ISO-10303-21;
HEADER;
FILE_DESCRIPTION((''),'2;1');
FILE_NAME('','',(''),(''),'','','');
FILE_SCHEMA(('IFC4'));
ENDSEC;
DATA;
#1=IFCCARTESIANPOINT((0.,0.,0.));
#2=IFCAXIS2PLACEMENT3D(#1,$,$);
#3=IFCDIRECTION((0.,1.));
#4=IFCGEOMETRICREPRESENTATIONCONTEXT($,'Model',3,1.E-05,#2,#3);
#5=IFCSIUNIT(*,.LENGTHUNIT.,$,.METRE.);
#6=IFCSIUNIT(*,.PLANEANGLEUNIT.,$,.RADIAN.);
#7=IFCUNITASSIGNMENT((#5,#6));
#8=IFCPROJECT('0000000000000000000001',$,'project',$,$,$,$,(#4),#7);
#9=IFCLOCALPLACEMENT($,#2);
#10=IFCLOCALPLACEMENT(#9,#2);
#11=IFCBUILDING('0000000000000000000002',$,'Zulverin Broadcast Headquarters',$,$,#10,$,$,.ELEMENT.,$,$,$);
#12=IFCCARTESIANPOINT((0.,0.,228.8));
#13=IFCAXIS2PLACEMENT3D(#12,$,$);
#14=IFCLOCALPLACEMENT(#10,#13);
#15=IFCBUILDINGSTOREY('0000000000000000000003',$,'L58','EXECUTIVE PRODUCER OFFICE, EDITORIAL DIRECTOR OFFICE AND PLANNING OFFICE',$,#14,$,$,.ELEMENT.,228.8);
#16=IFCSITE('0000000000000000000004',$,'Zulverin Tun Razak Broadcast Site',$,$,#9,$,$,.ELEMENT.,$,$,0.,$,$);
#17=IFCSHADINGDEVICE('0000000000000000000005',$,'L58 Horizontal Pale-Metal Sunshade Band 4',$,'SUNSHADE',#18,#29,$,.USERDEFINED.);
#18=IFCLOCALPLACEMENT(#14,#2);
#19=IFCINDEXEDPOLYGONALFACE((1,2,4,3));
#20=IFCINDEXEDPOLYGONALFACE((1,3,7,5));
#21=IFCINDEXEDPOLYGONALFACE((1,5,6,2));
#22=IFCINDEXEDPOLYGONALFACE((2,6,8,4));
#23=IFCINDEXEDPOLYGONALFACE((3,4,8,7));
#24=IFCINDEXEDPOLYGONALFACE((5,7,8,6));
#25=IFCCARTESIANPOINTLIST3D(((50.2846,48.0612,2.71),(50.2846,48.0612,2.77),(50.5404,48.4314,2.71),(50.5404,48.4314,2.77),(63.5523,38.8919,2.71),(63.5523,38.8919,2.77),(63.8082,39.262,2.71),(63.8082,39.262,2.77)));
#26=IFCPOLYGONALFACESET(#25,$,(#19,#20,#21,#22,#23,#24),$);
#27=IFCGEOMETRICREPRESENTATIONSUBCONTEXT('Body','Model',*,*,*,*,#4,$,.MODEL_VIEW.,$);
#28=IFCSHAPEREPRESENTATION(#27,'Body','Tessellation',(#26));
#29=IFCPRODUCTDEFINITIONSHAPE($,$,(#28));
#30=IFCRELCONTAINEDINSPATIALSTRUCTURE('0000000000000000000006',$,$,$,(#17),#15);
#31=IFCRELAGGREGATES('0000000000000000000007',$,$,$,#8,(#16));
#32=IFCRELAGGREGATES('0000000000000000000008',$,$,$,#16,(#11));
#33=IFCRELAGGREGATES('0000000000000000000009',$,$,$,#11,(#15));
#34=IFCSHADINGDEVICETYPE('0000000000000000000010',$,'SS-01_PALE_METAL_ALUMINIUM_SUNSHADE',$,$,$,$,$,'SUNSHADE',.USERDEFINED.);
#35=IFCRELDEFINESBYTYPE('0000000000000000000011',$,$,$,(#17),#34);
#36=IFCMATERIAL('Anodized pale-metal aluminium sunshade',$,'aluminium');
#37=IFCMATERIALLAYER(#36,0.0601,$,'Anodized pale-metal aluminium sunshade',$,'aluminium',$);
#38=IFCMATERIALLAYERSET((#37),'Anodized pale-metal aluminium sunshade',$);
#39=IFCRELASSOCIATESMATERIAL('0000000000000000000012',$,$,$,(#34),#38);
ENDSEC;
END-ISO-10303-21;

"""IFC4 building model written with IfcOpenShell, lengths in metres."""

from ifc_helpers import new_model, si_unit, direction, frame, origin, origin_2d, place, context, subcontext, project, spatial, rectangle, extrude, material, layer, layer_set, type_object, element, save


model = new_model("IFC4")

# Units and contexts
model_context = context("Model", 3, precision=1e-05, world=origin(), true_north=direction((0.0, 1.0)))
body_context = subcontext(model_context, "Body", "Model", "MODEL_VIEW")
ifc_project = project(units=[si_unit("LENGTHUNIT", "METRE"), si_unit("PLANEANGLEUNIT", "RADIAN")], contexts=[model_context])

# Site, building, storey
site_placement = place(None, origin())
site = spatial("IfcSite", under=ifc_project, at=site_placement, Name="Zulverin Tun Razak Broadcast Site", CompositionType="ELEMENT", RefElevation=0.0)
building_placement = place(site_placement, origin())
building = spatial("IfcBuilding", under=site, at=building_placement, Name="Zulverin Broadcast Headquarters", CompositionType="ELEMENT")
storey_placement = place(building_placement, frame((0.0, 0.0, 228.8)))
storey = spatial("IfcBuildingStorey", under=building, at=storey_placement, Name="L58", Description="EXECUTIVE PRODUCER OFFICE, EDITORIAL DIRECTOR OFFICE AND PLANNING OFFICE", CompositionType="ELEMENT", Elevation=228.8)

# Shading device
ifc_material_1 = material(Name="Anodized pale-metal aluminium sunshade", Category="aluminium")
ifc_layer_1 = layer(ifc_material_1, 0.0601, Name="Anodized pale-metal aluminium sunshade", Category="aluminium")
ifc_layer_set_1 = layer_set([ifc_layer_1], Name="Anodized pale-metal aluminium sunshade")
shading_device_type_1 = type_object("IfcShadingDeviceType", Name="SS-01_PALE_METAL_ALUMINIUM_SUNSHADE", ElementType="SUNSHADE", PredefinedType="USERDEFINED", material=ifc_layer_set_1)
shading_device_1_placement = place(storey_placement, frame((57.0464, 43.6616, 2.71), z_axis=(0.0, 0.0, 1.0), x_axis=(-0.822655, 0.56854, 0.0)))
element("IfcShadingDevice", 1, at=shading_device_1_placement, inside=storey, type_object=shading_device_type_1, Name="L58 Horizontal Pale-Metal Sunshade Band 4", ObjectType="SUNSHADE", PredefinedType="USERDEFINED", context=body_context, shape_type="SweptSolid", body=[
    extrude(rectangle(XDim=16.1279, YDim=0.45, at=origin_2d()), origin(), (0.0, 0.0, 1.0), 0.0601),
])

save(model, "model.ifc")
